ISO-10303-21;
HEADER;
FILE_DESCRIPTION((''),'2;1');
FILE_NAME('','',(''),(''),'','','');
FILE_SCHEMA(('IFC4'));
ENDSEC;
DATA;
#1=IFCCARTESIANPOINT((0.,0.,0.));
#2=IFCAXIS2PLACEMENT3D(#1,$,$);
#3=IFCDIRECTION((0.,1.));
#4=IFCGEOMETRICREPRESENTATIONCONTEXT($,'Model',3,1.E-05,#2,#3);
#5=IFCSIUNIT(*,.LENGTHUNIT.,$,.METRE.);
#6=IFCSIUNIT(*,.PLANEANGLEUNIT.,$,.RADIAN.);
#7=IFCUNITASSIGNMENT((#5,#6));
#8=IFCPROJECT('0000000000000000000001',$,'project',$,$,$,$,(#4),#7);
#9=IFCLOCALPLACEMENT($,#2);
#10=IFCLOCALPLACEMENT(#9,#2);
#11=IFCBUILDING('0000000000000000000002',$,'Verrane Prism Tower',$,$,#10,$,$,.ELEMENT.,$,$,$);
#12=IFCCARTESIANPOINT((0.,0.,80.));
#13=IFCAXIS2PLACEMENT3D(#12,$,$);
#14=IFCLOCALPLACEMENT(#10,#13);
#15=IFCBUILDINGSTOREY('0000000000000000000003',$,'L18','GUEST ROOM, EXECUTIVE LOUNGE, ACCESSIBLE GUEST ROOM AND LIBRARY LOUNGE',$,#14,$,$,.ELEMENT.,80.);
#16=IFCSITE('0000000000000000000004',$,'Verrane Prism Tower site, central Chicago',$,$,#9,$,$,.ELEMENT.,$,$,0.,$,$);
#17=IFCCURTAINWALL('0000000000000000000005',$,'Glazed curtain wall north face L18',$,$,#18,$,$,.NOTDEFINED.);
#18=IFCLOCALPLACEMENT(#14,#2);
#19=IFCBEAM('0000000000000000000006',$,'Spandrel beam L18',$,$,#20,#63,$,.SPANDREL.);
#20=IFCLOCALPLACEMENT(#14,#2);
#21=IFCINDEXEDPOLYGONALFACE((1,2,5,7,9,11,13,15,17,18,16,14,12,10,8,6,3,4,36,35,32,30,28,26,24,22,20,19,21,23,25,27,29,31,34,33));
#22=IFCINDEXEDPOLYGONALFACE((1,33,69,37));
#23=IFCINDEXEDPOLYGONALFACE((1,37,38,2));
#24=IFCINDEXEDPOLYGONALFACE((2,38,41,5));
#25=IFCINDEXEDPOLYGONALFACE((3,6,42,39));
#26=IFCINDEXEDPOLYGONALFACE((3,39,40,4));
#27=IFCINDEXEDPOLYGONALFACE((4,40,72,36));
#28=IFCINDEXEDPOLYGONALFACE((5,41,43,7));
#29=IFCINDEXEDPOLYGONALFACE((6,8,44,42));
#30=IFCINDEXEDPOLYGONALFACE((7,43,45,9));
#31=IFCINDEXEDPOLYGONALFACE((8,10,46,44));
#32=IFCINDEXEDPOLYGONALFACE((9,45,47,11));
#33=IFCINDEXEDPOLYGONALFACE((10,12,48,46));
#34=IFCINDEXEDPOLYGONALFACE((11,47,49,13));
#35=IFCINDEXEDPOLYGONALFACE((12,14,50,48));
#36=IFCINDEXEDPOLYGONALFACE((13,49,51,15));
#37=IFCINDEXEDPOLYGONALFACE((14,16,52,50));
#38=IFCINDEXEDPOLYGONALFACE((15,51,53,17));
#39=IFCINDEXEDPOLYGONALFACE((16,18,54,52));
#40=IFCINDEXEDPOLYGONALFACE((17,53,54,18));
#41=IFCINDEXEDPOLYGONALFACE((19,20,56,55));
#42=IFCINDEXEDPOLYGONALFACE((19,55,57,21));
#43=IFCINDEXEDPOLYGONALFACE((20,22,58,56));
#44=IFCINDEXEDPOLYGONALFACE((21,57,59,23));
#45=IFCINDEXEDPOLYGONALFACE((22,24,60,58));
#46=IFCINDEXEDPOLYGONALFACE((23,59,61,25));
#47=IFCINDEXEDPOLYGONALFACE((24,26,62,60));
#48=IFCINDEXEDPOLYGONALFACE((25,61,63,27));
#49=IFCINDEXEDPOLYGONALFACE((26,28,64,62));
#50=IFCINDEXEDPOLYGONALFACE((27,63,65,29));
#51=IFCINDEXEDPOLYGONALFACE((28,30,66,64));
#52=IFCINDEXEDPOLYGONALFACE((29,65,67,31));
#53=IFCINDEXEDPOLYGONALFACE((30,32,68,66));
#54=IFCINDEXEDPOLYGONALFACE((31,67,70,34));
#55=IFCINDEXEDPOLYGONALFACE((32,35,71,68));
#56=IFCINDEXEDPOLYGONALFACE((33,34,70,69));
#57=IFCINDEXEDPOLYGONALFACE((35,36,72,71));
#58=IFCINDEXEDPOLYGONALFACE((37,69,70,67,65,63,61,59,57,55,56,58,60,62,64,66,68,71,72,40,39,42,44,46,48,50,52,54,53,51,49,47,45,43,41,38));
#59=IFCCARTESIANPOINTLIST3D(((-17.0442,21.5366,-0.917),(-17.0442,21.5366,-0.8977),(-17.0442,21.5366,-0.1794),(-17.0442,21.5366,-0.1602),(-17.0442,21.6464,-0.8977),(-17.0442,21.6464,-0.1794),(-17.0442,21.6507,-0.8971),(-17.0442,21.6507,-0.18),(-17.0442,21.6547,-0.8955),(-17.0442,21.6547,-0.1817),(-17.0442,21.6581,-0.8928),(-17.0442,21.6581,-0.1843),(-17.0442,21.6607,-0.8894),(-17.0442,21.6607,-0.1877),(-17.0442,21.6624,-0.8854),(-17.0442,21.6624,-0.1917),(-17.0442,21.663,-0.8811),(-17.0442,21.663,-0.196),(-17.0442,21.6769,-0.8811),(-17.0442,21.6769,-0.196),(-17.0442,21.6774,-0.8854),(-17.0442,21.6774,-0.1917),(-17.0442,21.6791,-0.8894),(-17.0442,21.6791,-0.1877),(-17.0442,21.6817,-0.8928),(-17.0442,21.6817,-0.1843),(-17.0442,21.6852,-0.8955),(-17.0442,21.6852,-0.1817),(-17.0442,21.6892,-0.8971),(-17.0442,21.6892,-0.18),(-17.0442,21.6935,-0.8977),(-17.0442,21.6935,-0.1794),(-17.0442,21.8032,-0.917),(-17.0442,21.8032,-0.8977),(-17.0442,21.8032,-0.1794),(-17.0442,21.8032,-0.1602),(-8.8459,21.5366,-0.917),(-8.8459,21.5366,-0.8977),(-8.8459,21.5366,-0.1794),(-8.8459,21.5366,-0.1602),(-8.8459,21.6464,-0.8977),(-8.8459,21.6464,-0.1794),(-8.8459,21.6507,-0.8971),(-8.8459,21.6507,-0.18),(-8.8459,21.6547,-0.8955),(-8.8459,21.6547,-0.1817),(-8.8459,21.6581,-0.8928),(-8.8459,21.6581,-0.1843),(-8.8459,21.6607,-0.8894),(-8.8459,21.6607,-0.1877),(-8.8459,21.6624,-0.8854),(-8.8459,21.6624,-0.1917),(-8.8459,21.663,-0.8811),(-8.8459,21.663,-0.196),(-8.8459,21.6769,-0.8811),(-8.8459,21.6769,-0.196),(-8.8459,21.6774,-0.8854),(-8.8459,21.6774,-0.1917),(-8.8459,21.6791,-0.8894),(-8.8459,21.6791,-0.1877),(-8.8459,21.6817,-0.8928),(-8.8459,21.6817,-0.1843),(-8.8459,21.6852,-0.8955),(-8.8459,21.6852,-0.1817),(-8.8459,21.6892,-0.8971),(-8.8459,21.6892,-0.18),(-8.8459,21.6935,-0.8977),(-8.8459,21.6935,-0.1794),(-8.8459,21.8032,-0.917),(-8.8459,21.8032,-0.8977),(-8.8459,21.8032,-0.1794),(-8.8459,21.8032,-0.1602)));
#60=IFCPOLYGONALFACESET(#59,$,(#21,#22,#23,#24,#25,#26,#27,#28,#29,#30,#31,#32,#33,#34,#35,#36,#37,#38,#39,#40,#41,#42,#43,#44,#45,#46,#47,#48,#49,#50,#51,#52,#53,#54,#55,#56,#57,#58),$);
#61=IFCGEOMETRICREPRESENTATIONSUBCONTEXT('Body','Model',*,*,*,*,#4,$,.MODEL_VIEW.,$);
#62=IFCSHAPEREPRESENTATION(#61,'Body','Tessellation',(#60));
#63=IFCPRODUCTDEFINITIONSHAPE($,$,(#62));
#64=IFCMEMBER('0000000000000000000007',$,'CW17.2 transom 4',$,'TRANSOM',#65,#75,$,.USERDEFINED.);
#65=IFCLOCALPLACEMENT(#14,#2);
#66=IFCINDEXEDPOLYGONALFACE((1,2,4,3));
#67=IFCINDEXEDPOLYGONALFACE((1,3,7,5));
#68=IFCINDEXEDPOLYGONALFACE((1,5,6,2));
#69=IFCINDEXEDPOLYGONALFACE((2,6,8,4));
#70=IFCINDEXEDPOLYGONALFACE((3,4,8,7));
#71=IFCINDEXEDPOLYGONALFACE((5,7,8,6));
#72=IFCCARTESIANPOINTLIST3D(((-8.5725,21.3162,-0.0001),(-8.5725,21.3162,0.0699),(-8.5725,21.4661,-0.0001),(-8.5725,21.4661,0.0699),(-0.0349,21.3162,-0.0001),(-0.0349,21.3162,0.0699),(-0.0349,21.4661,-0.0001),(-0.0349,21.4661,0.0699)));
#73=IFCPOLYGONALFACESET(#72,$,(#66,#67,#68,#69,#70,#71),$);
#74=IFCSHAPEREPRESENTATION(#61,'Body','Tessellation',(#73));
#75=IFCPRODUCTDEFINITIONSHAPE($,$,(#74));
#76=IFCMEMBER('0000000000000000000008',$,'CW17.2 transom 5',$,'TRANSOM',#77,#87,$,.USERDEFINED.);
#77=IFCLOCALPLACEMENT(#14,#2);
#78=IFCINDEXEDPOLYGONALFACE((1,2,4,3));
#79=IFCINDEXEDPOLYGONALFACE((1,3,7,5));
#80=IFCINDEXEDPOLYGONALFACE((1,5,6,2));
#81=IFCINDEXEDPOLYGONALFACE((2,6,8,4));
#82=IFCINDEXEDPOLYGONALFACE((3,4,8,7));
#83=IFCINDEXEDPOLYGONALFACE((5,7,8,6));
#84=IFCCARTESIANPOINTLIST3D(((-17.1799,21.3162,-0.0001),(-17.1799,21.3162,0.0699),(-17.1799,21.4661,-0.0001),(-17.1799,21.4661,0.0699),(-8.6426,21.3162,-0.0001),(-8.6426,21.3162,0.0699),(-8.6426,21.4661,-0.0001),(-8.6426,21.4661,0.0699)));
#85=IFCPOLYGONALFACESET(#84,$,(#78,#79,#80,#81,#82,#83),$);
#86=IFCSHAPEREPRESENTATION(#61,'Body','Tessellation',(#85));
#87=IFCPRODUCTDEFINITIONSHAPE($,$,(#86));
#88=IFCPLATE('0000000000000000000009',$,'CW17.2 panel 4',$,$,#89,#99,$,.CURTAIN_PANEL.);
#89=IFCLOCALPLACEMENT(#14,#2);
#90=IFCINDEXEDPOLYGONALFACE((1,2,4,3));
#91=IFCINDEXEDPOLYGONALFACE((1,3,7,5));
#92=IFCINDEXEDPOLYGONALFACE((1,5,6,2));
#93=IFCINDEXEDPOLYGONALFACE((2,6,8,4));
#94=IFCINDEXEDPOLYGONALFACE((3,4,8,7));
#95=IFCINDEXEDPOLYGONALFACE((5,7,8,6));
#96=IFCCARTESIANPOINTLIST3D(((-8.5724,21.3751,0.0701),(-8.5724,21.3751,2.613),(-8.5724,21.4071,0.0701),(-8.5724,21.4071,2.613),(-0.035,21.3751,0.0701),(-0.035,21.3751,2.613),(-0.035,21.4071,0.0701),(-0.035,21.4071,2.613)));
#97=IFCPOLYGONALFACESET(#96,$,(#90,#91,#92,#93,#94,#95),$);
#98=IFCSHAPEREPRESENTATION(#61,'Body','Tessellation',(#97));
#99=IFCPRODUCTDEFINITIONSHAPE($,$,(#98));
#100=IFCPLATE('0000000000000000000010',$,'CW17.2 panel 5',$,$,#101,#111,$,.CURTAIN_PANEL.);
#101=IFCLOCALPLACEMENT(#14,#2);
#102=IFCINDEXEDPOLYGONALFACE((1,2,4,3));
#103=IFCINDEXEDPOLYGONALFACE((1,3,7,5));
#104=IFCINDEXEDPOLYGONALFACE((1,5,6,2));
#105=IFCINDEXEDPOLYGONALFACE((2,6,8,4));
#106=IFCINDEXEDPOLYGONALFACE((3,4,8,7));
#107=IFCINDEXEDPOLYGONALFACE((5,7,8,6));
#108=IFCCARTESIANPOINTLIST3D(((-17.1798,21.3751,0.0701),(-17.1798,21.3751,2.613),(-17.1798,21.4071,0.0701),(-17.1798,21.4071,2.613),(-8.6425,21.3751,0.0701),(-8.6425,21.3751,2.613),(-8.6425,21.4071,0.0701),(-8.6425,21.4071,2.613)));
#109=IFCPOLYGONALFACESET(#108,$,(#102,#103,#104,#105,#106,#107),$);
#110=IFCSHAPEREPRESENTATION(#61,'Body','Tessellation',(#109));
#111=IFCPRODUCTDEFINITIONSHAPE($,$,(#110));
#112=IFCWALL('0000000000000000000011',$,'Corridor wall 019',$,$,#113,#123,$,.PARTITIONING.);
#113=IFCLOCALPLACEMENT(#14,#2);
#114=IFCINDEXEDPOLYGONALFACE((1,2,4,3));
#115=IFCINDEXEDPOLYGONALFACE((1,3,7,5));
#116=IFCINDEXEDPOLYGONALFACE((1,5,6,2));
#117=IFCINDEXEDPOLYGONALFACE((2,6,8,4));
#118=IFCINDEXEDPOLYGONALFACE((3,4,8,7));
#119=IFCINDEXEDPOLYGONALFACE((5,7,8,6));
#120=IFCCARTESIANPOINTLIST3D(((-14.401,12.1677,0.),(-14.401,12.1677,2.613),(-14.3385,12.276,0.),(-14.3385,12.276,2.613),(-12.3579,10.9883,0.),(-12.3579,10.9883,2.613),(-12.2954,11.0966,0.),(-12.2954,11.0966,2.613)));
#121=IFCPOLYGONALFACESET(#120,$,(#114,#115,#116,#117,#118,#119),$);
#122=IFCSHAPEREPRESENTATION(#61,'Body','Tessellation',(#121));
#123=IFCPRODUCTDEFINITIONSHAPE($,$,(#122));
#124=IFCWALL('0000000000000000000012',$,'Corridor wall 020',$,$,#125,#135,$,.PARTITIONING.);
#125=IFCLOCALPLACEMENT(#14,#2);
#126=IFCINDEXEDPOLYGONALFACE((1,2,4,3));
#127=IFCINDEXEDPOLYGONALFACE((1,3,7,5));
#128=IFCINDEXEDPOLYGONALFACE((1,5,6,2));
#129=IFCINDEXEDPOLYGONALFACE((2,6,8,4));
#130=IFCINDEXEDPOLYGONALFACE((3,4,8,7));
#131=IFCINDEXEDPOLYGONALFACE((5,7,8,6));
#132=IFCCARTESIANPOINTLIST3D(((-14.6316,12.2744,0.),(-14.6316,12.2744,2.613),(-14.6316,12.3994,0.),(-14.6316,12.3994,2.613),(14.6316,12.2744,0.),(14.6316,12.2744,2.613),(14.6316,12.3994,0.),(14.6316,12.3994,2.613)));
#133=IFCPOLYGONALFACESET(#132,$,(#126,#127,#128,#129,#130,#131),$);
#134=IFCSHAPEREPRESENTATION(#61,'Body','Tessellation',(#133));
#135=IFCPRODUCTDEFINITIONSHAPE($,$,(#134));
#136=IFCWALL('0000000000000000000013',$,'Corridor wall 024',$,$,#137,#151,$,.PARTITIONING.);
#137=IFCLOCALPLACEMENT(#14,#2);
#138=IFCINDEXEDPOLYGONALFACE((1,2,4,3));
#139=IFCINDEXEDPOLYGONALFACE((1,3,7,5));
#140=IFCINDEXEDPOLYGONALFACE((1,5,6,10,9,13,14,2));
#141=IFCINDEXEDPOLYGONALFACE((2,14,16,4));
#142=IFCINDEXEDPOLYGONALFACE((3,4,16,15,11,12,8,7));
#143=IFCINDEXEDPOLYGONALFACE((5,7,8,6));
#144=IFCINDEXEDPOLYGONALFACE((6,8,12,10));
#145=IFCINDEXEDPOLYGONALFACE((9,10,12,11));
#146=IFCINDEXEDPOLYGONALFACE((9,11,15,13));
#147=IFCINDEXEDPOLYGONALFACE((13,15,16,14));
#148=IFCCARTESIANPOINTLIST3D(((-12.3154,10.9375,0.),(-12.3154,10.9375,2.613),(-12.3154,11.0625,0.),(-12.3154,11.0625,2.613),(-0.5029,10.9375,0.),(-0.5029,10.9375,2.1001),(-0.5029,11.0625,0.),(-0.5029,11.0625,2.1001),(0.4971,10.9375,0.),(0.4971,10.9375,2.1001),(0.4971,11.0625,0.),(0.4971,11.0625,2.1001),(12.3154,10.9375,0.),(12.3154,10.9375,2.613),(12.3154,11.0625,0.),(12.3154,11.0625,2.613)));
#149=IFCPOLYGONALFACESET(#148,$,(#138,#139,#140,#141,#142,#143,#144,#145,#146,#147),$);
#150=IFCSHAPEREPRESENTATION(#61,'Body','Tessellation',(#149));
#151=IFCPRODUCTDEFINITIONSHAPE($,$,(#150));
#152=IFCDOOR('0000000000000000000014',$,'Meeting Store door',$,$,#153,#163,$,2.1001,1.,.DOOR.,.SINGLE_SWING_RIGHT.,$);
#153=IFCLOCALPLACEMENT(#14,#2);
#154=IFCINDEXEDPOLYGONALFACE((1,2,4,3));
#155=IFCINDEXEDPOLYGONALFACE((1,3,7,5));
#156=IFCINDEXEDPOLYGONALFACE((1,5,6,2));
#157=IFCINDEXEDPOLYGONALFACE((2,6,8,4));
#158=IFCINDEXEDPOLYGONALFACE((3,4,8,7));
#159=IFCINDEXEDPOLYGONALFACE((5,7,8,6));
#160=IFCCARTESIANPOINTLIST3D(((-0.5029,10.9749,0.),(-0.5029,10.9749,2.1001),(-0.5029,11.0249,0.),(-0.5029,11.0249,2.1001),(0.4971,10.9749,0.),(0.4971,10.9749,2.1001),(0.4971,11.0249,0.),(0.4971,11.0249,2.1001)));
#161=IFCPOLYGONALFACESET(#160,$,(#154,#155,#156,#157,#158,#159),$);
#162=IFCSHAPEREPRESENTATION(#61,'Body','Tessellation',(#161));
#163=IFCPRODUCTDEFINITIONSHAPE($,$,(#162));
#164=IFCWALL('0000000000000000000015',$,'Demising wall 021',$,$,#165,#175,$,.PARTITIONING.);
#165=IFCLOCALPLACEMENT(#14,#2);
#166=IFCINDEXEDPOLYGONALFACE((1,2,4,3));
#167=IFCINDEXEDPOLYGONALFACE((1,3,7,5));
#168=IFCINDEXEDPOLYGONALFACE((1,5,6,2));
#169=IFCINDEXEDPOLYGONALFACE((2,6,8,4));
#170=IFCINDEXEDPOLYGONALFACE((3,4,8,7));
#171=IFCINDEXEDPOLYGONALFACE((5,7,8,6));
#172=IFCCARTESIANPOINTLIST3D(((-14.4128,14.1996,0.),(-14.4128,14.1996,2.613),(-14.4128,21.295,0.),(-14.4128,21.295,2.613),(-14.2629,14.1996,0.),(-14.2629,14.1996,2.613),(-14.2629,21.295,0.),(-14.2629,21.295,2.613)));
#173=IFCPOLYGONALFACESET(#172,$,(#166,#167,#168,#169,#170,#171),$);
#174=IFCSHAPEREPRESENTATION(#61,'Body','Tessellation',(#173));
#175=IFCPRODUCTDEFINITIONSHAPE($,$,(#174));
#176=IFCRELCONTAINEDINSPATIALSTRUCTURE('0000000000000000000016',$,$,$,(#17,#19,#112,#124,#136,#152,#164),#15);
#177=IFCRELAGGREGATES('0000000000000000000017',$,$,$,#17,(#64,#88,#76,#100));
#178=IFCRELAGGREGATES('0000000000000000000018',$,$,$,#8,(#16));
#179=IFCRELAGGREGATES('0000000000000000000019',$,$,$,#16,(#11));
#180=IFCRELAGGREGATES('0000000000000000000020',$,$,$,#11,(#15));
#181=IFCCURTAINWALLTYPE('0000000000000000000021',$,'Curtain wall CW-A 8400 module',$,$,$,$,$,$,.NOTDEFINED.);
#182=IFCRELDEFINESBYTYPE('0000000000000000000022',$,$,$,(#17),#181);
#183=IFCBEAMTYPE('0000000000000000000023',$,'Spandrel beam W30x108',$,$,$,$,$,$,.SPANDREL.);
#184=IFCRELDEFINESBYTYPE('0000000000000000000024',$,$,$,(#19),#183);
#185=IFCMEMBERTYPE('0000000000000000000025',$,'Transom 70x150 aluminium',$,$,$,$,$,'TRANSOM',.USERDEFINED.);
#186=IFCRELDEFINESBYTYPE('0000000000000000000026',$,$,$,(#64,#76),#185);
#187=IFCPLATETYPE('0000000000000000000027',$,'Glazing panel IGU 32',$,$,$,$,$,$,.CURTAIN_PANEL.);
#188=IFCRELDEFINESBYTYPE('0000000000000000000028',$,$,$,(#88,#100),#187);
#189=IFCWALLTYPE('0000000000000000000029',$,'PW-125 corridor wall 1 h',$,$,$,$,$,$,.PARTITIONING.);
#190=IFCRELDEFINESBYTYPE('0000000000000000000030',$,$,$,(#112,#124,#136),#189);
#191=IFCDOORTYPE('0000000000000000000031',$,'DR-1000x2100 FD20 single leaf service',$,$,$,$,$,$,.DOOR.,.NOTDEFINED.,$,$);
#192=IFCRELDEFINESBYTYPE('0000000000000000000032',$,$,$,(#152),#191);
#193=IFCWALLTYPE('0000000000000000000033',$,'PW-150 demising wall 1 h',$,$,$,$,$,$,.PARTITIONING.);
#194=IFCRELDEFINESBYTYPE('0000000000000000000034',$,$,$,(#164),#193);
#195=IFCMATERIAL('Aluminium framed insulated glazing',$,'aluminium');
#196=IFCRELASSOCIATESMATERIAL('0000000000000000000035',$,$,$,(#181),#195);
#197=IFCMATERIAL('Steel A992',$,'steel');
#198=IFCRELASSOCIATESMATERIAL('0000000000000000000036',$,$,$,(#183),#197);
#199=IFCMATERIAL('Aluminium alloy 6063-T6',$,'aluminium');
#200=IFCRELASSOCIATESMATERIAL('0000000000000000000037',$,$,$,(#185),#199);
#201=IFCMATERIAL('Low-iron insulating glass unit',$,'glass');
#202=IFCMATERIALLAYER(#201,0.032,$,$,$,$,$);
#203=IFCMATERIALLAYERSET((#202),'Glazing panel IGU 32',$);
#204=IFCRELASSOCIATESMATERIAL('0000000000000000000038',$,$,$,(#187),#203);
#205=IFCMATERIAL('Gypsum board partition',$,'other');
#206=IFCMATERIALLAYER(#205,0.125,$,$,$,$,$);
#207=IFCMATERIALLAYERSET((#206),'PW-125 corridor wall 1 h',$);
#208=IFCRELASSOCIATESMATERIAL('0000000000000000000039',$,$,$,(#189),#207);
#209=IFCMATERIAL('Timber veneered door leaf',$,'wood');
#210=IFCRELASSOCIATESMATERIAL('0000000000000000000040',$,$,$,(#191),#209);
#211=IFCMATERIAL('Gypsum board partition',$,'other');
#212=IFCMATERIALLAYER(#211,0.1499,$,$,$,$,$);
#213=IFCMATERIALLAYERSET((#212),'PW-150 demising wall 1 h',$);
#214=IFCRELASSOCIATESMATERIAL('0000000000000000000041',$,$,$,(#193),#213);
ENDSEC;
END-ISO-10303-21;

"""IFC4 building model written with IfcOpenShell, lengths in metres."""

from ifc_helpers import new_model, si_unit, direction, frame, frame_2d, origin, origin_2d, place, context, subcontext, project, spatial, rectangle, i_section, extrude, material, layer, layer_set, material_profile, profile_set, type_object, element, fill, aggregate, save


model = new_model("IFC4")

# Units and contexts
model_context = context("Model", 3, precision=1e-05, world=origin(), true_north=direction((0.0, 1.0)))
body_context = subcontext(model_context, "Body", "Model", "MODEL_VIEW")
ifc_project = project(units=[si_unit("LENGTHUNIT", "METRE"), si_unit("PLANEANGLEUNIT", "RADIAN")], contexts=[model_context])

# Site, building, storey
site_placement = place(None, origin())
site = spatial("IfcSite", under=ifc_project, at=site_placement, Name="Verrane Prism Tower site, central Chicago", CompositionType="ELEMENT", RefElevation=0.0)
building_placement = place(site_placement, origin())
building = spatial("IfcBuilding", under=site, at=building_placement, Name="Verrane Prism Tower", CompositionType="ELEMENT")
storey_placement = place(building_placement, frame((0.0, 0.0, 80.0)))
storey = spatial("IfcBuildingStorey", under=building, at=storey_placement, Name="L18", Description="GUEST ROOM, EXECUTIVE LOUNGE, ACCESSIBLE GUEST ROOM AND LIBRARY LOUNGE", CompositionType="ELEMENT", Elevation=80.0)

# Curtain wall
ifc_material_1 = material(Name="Aluminium framed insulated glazing", Category="aluminium")
curtain_wall_type = type_object("IfcCurtainWallType", Name="Curtain wall CW-A 8400 module", PredefinedType="NOTDEFINED", material=ifc_material_1)
curtain_wall_placement = place(storey_placement, origin())
curtain_wall = element("IfcCurtainWall", 1, at=curtain_wall_placement, inside=storey, type_object=curtain_wall_type, Name="Glazed curtain wall north face L18", PredefinedType="NOTDEFINED")

# Beam
ifc_material_2 = material(Name="Steel A992", Category="steel")
ifc_material_profile_1 = material_profile(ifc_material_2, i_section(OverallWidth=0.2666, OverallDepth=0.7568, WebThickness=0.0139, FlangeThickness=0.0193, FilletRadius=0.0166, at=origin_2d()), Name="W30x108")
ifc_profile_set_1 = profile_set([ifc_material_profile_1], Name="Steel A992")
beam_type_1 = type_object("IfcBeamType", Name="Spandrel beam W30x108", PredefinedType="SPANDREL", material=ifc_profile_set_1)
for number, where, z_axis, x_axis, name in (
    (2, (-8.8459, 21.6699, -0.5386), (-1.0, 0.0, 0.0), (0.0, -1.0, 0.0), "Spandrel beam L18"),
):
    element("IfcBeam", number, at=place(storey_placement, frame(where, z_axis=z_axis, x_axis=x_axis)), inside=storey, type_object=beam_type_1, Name=name, PredefinedType="SPANDREL", context=body_context, shape_type="SweptSolid", body=[
        extrude(i_section(OverallWidth=0.2666, OverallDepth=0.7568, WebThickness=0.0139, FlangeThickness=0.0193, FilletRadius=0.0166, at=origin_2d()), origin(), (0.0, 0.0, 1.0), 8.1982),
    ])

# Members
ifc_material_3 = material(Name="Aluminium alloy 6063-T6", Category="aluminium")
ifc_material_profile_2 = material_profile(ifc_material_3, rectangle(XDim=0.1499, YDim=0.0701, at=origin_2d()), Name="Transom 70x150 aluminium")
ifc_profile_set_2 = profile_set([ifc_material_profile_2], Name="Aluminium alloy 6063-T6")
member_type_1 = type_object("IfcMemberType", Name="Transom 70x150 aluminium", ElementType="TRANSOM", PredefinedType="USERDEFINED", material=ifc_profile_set_2)
member_1_placement = place(storey_placement, frame((-0.0349, 21.3911, 0.0349), z_axis=(-1.0, 0.0, 0.0), x_axis=(0.0, -1.0, 0.0)))
member_1 = element("IfcMember", 3, at=member_1_placement, type_object=member_type_1, Name="CW17.2 transom 4", ObjectType="TRANSOM", PredefinedType="USERDEFINED", context=body_context, shape_type="SweptSolid", body=[
    extrude(rectangle(XDim=0.1499, YDim=0.0701, at=origin_2d()), origin(), (0.0, 0.0, 1.0), 8.5376),
])
member_2_placement = place(storey_placement, frame((-8.6426, 21.3911, 0.0349), z_axis=(-1.0, 0.0, 0.0), x_axis=(0.0, -1.0, 0.0)))
member_2 = element("IfcMember", 4, at=member_2_placement, type_object=member_type_1, Name="CW17.2 transom 5", ObjectType="TRANSOM", PredefinedType="USERDEFINED", context=body_context, shape_type="SweptSolid", body=[
    extrude(rectangle(XDim=0.1499, YDim=0.0701, at=origin_2d()), origin(), (0.0, 0.0, 1.0), 8.5374),
])

# Plates
ifc_material_4 = material(Name="Low-iron insulating glass unit", Category="glass")
ifc_layer_1 = layer(ifc_material_4, 0.032)
ifc_layer_set_1 = layer_set([ifc_layer_1], Name="Glazing panel IGU 32")
plate_type = type_object("IfcPlateType", Name="Glazing panel IGU 32", PredefinedType="CURTAIN_PANEL", material=ifc_layer_set_1)
plate_1_placement = place(storey_placement, frame((-4.3037, 21.3911, 0.0701), z_axis=(0.0, 0.0, 1.0), x_axis=(-1.0, 0.0, 0.0)))
plate_1 = element("IfcPlate", 5, at=plate_1_placement, type_object=plate_type, Name="CW17.2 panel 4", PredefinedType="CURTAIN_PANEL", context=body_context, shape_type="SweptSolid", body=[
    extrude(rectangle(XDim=8.5374, YDim=0.032, at=origin_2d()), origin(), (0.0, 0.0, 1.0), 2.543),
])
plate_2_placement = place(storey_placement, frame((-12.9111, 21.3911, 0.0701), z_axis=(0.0, 0.0, 1.0), x_axis=(-1.0, 0.0, 0.0)))
plate_2 = element("IfcPlate", 6, at=plate_2_placement, type_object=plate_type, Name="CW17.2 panel 5", PredefinedType="CURTAIN_PANEL", context=body_context, shape_type="SweptSolid", body=[
    extrude(rectangle(XDim=8.5374, YDim=0.032, at=origin_2d()), origin(), (0.0, 0.0, 1.0), 2.543),
])
aggregate(curtain_wall, [member_1, plate_1, member_2, plate_2])

# Walls
ifc_material_5 = material(Name="Gypsum board partition", Category="other")
ifc_layer_2 = layer(ifc_material_5, 0.125)
ifc_layer_set_2 = layer_set([ifc_layer_2], Name="PW-125 corridor wall 1 h")
wall_type_1 = type_object("IfcWallType", Name="PW-125 corridor wall 1 h", PredefinedType="PARTITIONING", material=ifc_layer_set_2)
wall_1_placement = place(storey_placement, frame((-14.3699, 12.2219, 0.0), z_axis=(0.0, 0.0, 1.0), x_axis=(0.866063, -0.499934, 0.0)))
element("IfcWall", 7, at=wall_1_placement, inside=storey, type_object=wall_type_1, Name="Corridor wall 019", PredefinedType="PARTITIONING", context=body_context, shape_type="SweptSolid", body=[
    extrude(rectangle(XDim=2.3591, YDim=0.125, at=frame_2d((1.1797, 0.0))), origin(), (0.0, 0.0, 1.0), 2.613),
])
wall_2_placement = place(storey_placement, frame((-14.6316, 12.3369, 0.0), z_axis=(0.0, 0.0, 1.0), x_axis=(1.0, 0.0, 0.0)))
element("IfcWall", 8, at=wall_2_placement, inside=storey, type_object=wall_type_1, Name="Corridor wall 020", PredefinedType="PARTITIONING", context=body_context, shape_type="SweptSolid", body=[
    extrude(rectangle(XDim=29.2632, YDim=0.125, at=frame_2d((14.6316, 0.0))), origin(), (0.0, 0.0, 1.0), 2.613),
])

# Wall, opening, door
wall_3_placement = place(storey_placement, frame((-12.3154, 11.0, 0.0), z_axis=(0.0, 0.0, 1.0), x_axis=(1.0, 0.0, 0.0)))
wall_3 = element("IfcWall", 9, at=wall_3_placement, inside=storey, type_object=wall_type_1, Name="Corridor wall 024", PredefinedType="PARTITIONING", context=body_context, shape_type="SweptSolid", body=[
    extrude(rectangle(XDim=24.6309, YDim=0.125, at=frame_2d((12.3154, 0.0))), origin(), (0.0, 0.0, 1.0), 2.613),
])
opening_1_placement = place(wall_3_placement, frame((11.8125, 0.0, 0.0)))
opening_1 = element("IfcOpeningElement", 10, at=opening_1_placement, cuts=wall_3, PredefinedType="OPENING", context=body_context, shape_type="SweptSolid", body=[
    extrude(rectangle(XDim=1.0, YDim=2.1001, at=frame_2d((0.5, 1.05))), frame((0.0, 0.0725, 0.0), z_axis=(0.0, -1.0, 0.0), x_axis=(1.0, 0.0, 0.0)), (0.0, 0.0, 1.0), 0.145),
])
ifc_material_6 = material(Name="Timber veneered door leaf", Category="wood")
door_type_1 = type_object("IfcDoorType", Name="DR-1000x2100 FD20 single leaf service", OperationType="NOTDEFINED", PredefinedType="DOOR", material=ifc_material_6)
door_1_placement = place(opening_1_placement, origin())
door_1 = element("IfcDoor", 11, at=door_1_placement, inside=storey, type_object=door_type_1, Name="Meeting Store door", OperationType="SINGLE_SWING_RIGHT", OverallHeight=2.1001, OverallWidth=1.0, PredefinedType="DOOR", context=body_context, shape_type="SweptSolid", body=[
    extrude(rectangle(XDim=1.0, YDim=2.1001, at=frame_2d((0.5, 1.05))), frame((0.0, 0.0249, 0.0), z_axis=(0.0, -1.0, 0.0), x_axis=(1.0, 0.0, 0.0)), (0.0, 0.0, 1.0), 0.05),
])
fill(opening_1, door_1)

# Wall
ifc_material_7 = material(Name="Gypsum board partition", Category="other")
ifc_layer_3 = layer(ifc_material_7, 0.1499)
ifc_layer_set_3 = layer_set([ifc_layer_3], Name="PW-150 demising wall 1 h")
wall_type_2 = type_object("IfcWallType", Name="PW-150 demising wall 1 h", PredefinedType="PARTITIONING", material=ifc_layer_set_3)
for number, where, z_axis, x_axis, name in (
    (12, (-14.3379, 14.1995, 0.0), (0.0, 0.0, 1.0), (0.0, 1.0, 0.0), "Demising wall 021"),
):
    element("IfcWall", number, at=place(storey_placement, frame(where, z_axis=z_axis, x_axis=x_axis)), inside=storey, type_object=wall_type_2, Name=name, PredefinedType="PARTITIONING", context=body_context, shape_type="SweptSolid", body=[
        extrude(rectangle(XDim=7.0955, YDim=0.1499, at=frame_2d((3.5479, 0.0))), origin(), (0.0, 0.0, 1.0), 2.613),
    ])

save(model, "model.ifc")
